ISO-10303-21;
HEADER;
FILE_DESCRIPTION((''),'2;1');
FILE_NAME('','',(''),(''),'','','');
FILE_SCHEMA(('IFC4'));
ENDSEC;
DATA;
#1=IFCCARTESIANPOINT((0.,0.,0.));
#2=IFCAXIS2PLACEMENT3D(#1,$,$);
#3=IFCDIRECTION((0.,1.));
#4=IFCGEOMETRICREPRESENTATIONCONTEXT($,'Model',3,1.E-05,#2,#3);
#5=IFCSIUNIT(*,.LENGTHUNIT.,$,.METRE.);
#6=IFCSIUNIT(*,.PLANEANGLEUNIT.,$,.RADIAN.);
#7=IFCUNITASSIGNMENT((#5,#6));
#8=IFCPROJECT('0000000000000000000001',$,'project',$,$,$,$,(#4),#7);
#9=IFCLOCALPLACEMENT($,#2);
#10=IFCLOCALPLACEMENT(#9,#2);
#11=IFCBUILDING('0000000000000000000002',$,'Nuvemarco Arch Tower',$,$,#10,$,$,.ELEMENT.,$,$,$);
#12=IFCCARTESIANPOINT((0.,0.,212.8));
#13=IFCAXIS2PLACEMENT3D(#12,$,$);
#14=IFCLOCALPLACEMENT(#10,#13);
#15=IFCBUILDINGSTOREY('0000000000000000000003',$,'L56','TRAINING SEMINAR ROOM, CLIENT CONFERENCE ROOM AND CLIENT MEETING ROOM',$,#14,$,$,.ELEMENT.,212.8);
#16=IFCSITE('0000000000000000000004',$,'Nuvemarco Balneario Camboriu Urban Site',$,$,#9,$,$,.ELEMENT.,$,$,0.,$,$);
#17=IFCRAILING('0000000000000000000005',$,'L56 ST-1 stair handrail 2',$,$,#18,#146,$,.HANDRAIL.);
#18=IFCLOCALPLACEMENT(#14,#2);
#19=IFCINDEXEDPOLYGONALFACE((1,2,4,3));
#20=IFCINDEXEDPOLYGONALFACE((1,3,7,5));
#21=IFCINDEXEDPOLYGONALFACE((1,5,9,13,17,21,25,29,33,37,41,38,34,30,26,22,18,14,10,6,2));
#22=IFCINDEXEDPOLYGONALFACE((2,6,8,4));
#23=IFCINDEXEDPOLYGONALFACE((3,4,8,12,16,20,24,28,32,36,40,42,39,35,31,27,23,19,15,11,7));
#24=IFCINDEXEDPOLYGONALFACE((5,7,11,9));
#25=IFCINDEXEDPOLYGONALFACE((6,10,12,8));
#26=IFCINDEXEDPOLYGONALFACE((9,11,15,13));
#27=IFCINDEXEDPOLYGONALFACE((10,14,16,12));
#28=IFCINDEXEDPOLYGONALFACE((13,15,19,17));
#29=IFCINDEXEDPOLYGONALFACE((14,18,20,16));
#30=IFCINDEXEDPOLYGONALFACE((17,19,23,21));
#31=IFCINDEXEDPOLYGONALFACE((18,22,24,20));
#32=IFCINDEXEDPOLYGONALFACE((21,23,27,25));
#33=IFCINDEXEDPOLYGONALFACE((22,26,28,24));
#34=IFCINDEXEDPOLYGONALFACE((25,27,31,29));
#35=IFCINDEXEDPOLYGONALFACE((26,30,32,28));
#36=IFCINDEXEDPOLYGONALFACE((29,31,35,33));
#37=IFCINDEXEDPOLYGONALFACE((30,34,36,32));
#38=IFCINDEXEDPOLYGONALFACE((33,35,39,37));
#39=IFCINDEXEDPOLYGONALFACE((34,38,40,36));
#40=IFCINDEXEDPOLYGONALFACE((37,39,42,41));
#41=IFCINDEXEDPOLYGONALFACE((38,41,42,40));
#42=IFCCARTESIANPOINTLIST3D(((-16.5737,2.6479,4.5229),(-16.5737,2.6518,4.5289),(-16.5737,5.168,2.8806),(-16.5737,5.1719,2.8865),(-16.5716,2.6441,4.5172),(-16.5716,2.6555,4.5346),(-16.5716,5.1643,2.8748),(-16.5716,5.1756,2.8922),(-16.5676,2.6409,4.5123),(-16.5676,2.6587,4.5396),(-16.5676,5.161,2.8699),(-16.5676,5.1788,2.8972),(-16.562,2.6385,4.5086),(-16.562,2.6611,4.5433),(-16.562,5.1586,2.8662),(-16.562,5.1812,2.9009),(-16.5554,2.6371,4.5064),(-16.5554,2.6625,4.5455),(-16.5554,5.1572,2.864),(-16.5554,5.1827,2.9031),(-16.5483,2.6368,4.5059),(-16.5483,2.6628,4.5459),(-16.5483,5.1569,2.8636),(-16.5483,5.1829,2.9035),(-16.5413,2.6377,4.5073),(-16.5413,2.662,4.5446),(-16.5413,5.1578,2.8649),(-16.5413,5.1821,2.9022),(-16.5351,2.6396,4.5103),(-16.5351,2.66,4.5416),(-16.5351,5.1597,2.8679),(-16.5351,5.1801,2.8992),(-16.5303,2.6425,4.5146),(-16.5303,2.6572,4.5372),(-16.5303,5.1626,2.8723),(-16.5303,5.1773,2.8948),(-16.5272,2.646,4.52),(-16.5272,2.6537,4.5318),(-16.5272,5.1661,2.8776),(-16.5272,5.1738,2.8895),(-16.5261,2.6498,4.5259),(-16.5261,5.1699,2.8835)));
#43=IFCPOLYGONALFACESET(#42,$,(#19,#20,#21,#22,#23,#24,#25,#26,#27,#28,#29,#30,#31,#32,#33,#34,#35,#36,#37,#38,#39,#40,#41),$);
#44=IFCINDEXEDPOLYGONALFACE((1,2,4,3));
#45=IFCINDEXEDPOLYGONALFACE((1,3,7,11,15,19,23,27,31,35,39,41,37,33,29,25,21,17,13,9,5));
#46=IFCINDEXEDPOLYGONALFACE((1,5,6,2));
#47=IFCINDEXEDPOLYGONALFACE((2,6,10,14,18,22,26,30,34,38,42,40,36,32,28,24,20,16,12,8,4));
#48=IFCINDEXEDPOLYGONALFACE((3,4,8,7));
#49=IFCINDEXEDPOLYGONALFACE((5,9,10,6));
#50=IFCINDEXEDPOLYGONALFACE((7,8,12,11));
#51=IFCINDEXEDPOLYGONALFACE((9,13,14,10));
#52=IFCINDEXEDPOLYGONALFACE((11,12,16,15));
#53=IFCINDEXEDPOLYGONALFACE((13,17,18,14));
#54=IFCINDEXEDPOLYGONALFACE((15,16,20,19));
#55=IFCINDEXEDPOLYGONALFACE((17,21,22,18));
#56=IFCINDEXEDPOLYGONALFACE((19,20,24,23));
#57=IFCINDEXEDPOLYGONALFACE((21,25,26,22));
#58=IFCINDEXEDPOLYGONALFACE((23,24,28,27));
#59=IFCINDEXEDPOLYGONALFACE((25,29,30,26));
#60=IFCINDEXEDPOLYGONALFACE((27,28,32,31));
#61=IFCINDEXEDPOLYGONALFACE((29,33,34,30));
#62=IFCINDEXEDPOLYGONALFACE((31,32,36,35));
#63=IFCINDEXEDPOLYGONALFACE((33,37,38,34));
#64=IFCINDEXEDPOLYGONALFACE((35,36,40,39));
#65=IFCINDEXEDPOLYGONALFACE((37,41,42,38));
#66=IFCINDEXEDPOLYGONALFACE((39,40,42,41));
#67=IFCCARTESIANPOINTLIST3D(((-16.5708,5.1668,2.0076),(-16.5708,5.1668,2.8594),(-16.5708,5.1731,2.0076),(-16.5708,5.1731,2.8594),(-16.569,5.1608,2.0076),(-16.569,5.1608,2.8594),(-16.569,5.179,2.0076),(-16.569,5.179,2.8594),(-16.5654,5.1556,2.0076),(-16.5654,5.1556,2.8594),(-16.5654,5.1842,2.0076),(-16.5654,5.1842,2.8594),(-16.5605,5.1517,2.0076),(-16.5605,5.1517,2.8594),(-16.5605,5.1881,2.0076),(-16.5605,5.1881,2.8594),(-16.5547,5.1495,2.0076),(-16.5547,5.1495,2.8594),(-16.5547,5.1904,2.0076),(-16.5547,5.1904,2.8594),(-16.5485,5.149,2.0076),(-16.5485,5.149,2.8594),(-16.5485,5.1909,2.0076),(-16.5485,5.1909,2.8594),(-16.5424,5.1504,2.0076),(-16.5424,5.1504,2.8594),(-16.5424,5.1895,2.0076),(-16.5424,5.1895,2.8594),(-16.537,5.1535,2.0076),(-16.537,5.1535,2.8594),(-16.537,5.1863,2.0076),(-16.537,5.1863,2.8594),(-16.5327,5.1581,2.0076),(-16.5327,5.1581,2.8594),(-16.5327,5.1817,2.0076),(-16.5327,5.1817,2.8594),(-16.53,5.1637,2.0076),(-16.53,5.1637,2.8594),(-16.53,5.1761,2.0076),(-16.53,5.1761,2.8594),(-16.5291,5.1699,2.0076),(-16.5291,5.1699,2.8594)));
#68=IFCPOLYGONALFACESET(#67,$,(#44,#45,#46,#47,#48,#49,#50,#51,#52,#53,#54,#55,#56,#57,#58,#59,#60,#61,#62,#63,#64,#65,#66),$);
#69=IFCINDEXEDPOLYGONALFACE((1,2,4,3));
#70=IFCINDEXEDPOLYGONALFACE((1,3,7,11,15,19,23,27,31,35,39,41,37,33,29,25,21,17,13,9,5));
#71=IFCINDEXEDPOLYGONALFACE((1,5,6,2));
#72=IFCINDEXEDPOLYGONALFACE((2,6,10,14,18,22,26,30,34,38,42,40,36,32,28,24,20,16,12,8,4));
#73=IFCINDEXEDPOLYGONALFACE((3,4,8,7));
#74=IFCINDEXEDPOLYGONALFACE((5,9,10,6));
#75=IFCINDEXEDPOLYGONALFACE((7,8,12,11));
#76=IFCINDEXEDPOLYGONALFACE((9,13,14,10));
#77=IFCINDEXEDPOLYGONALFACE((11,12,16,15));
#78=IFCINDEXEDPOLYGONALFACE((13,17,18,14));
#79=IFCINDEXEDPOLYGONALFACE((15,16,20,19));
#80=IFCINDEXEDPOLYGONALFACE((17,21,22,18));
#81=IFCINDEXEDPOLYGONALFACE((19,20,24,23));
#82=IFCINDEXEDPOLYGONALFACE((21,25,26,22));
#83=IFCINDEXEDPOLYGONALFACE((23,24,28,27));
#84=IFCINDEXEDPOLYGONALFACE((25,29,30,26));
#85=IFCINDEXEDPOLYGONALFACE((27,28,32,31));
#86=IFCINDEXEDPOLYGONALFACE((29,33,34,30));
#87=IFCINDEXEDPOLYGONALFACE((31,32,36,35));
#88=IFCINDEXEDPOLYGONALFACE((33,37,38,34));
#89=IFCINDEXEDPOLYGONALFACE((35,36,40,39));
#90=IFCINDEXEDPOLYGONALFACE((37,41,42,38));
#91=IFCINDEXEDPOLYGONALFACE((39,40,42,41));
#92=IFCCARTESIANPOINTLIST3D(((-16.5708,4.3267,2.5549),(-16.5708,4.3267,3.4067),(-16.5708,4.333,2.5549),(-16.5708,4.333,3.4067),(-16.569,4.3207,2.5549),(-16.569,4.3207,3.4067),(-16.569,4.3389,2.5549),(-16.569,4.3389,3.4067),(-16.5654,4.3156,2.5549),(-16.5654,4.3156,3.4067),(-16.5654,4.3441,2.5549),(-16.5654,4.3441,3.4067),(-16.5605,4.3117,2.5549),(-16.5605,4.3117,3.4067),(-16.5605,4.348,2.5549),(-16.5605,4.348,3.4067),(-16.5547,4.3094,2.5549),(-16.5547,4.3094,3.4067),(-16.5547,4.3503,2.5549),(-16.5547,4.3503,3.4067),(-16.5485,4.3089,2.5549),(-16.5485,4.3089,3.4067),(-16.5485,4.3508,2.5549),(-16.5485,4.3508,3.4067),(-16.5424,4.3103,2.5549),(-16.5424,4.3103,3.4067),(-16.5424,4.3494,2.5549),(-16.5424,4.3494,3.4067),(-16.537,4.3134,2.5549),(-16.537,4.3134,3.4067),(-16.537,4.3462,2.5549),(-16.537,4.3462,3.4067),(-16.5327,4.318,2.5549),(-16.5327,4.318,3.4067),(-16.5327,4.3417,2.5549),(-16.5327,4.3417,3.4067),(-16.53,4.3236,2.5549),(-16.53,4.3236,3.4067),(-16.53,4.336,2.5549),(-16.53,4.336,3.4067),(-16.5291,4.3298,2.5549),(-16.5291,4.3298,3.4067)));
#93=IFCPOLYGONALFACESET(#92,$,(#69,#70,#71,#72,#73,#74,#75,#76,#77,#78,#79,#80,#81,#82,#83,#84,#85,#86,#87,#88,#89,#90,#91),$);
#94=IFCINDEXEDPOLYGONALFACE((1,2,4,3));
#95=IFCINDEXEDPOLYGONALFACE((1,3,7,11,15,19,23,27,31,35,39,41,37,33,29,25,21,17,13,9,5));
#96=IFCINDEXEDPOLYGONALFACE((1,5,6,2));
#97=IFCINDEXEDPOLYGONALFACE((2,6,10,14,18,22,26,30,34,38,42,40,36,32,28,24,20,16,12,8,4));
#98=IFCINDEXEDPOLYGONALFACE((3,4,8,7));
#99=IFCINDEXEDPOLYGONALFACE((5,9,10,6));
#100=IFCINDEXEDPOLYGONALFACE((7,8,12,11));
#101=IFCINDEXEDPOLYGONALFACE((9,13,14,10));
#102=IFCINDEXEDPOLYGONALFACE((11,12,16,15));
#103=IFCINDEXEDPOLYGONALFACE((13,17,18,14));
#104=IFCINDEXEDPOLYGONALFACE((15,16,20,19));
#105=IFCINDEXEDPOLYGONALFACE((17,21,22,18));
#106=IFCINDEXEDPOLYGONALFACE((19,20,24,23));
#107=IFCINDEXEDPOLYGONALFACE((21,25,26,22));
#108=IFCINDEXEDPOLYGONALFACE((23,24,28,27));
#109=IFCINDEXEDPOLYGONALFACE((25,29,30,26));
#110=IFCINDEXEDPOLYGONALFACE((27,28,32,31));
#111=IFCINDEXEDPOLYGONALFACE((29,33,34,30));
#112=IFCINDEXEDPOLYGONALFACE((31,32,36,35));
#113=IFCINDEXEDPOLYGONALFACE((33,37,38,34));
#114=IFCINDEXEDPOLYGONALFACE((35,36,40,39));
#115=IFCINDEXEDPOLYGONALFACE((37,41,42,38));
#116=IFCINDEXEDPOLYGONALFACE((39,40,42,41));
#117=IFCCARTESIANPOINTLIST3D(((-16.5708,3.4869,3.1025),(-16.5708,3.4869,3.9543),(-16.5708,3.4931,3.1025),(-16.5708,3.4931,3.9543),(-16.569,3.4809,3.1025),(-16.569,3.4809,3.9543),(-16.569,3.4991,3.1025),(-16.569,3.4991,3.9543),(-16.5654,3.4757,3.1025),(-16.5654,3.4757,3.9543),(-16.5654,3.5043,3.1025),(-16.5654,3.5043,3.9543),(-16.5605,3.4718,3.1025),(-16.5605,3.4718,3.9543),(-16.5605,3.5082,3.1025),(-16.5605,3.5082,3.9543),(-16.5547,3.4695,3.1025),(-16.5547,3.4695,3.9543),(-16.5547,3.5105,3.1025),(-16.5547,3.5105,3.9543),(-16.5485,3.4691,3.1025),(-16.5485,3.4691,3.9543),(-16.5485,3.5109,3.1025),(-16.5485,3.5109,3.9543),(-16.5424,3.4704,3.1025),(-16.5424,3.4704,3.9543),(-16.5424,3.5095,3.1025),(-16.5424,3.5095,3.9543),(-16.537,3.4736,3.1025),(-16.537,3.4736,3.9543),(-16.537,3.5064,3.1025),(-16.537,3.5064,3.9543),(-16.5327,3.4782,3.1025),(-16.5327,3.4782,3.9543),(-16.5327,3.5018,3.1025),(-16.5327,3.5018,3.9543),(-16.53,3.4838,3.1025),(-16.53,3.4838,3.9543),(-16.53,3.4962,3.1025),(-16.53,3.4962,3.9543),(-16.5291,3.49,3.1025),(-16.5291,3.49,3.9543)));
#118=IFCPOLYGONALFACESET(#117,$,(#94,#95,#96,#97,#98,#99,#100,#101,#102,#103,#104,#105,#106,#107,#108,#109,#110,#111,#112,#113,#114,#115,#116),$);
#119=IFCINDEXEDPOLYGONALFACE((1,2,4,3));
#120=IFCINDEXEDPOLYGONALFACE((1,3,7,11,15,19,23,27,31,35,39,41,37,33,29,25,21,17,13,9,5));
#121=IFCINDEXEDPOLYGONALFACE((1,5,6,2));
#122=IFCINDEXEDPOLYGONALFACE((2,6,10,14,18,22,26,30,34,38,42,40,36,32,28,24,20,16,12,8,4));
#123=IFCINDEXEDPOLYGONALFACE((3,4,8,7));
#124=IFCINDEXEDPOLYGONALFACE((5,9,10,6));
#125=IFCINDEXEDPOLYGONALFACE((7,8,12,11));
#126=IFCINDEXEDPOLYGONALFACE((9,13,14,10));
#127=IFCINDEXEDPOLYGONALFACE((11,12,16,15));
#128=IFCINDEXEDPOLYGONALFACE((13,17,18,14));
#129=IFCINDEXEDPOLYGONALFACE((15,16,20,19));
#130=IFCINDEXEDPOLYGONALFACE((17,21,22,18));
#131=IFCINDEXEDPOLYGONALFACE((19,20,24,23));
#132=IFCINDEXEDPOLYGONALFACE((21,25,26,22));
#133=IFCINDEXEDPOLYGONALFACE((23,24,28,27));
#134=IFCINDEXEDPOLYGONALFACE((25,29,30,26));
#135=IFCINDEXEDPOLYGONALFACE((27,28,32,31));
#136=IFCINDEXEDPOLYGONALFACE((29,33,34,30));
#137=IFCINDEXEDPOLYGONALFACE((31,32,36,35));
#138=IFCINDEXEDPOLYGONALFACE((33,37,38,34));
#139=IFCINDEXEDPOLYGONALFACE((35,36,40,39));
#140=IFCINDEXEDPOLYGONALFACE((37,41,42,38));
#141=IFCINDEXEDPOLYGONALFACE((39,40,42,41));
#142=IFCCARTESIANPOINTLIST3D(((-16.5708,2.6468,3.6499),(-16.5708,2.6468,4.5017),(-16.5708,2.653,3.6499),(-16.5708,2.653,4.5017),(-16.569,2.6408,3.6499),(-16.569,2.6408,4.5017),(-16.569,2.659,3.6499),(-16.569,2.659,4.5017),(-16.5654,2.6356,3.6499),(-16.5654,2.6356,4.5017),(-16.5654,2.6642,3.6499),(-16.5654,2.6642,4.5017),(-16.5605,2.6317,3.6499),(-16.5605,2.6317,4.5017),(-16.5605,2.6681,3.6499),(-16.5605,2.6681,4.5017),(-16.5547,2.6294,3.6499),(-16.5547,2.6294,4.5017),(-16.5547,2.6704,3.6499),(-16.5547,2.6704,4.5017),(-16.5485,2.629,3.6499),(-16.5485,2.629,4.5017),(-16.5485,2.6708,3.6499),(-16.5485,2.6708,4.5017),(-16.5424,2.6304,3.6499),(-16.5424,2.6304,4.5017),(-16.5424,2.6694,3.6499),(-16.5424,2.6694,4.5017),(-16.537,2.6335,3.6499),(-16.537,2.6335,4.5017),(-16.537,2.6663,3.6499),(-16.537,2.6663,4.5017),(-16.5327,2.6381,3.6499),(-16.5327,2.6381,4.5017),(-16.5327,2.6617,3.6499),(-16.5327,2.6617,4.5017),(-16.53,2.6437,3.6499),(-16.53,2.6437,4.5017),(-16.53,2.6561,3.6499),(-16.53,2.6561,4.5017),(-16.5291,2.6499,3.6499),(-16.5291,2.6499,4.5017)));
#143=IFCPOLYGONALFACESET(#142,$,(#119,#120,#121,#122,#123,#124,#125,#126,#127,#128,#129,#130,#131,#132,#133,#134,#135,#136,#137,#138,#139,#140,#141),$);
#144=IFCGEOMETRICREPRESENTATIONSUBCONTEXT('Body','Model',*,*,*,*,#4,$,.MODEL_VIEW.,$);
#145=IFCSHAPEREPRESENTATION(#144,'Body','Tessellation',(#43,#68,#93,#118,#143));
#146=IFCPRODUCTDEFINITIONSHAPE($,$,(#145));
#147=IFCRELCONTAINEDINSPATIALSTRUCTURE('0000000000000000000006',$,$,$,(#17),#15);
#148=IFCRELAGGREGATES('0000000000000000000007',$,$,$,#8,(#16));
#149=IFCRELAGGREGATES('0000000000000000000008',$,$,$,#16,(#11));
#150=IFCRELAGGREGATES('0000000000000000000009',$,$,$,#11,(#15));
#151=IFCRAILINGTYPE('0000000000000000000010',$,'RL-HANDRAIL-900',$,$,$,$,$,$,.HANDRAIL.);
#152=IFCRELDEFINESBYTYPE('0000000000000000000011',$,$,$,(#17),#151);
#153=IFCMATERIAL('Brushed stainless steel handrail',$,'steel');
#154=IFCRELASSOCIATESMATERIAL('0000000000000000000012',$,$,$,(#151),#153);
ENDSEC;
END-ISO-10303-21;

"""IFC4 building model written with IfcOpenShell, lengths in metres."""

from ifc_helpers import new_model, si_unit, direction, frame, origin, origin_2d, place, context, subcontext, project, spatial, circle, extrude, material, type_object, element, save


model = new_model("IFC4")

# Units and contexts
model_context = context("Model", 3, precision=1e-05, world=origin(), true_north=direction((0.0, 1.0)))
body_context = subcontext(model_context, "Body", "Model", "MODEL_VIEW")
ifc_project = project(units=[si_unit("LENGTHUNIT", "METRE"), si_unit("PLANEANGLEUNIT", "RADIAN")], contexts=[model_context])

# Site, building, storey
site_placement = place(None, origin())
site = spatial("IfcSite", under=ifc_project, at=site_placement, Name="Nuvemarco Balneario Camboriu Urban Site", CompositionType="ELEMENT", RefElevation=0.0)
building_placement = place(site_placement, origin())
building = spatial("IfcBuilding", under=site, at=building_placement, Name="Nuvemarco Arch Tower", CompositionType="ELEMENT")
storey_placement = place(building_placement, frame((0.0, 0.0, 212.8)))
storey = spatial("IfcBuildingStorey", under=building, at=storey_placement, Name="L56", Description="TRAINING SEMINAR ROOM, CLIENT CONFERENCE ROOM AND CLIENT MEETING ROOM", CompositionType="ELEMENT", Elevation=212.8)

# Railing
ifc_material_1 = material(Name="Brushed stainless steel handrail", Category="steel")
railing_type_1 = type_object("IfcRailingType", Name="RL-HANDRAIL-900", PredefinedType="HANDRAIL", material=ifc_material_1)
railing_1_placement = place(storey_placement, frame((-16.55, 5.1699, 2.0076)))
element("IfcRailing", 1, at=railing_1_placement, inside=storey, type_object=railing_type_1, Name="L56 ST-1 stair handrail 2", PredefinedType="HANDRAIL", context=body_context, shape_type="SweptSolid", body=[
    extrude(circle(Radius=0.0239, at=origin_2d()), frame((0.0, 0.0, 0.876), z_axis=(0.0, -0.837787, 0.545998), x_axis=(1.0, 0.0, 0.0)), (0.0, 0.0, 1.0), 3.0081),
    extrude(circle(Radius=0.021, at=origin_2d()), origin(), (0.0, 0.0, 1.0), 0.8518),
    extrude(circle(Radius=0.021, at=origin_2d()), frame((0.0, -0.8401, 0.5474)), (0.0, 0.0, 1.0), 0.8518),
    extrude(circle(Radius=0.021, at=origin_2d()), frame((0.0, -1.6799, 1.095)), (0.0, 0.0, 1.0), 0.8518),
    extrude(circle(Radius=0.021, at=origin_2d()), frame((0.0, -2.52, 1.6423)), (0.0, 0.0, 1.0), 0.8518),
])

save(model, "model.ifc")
